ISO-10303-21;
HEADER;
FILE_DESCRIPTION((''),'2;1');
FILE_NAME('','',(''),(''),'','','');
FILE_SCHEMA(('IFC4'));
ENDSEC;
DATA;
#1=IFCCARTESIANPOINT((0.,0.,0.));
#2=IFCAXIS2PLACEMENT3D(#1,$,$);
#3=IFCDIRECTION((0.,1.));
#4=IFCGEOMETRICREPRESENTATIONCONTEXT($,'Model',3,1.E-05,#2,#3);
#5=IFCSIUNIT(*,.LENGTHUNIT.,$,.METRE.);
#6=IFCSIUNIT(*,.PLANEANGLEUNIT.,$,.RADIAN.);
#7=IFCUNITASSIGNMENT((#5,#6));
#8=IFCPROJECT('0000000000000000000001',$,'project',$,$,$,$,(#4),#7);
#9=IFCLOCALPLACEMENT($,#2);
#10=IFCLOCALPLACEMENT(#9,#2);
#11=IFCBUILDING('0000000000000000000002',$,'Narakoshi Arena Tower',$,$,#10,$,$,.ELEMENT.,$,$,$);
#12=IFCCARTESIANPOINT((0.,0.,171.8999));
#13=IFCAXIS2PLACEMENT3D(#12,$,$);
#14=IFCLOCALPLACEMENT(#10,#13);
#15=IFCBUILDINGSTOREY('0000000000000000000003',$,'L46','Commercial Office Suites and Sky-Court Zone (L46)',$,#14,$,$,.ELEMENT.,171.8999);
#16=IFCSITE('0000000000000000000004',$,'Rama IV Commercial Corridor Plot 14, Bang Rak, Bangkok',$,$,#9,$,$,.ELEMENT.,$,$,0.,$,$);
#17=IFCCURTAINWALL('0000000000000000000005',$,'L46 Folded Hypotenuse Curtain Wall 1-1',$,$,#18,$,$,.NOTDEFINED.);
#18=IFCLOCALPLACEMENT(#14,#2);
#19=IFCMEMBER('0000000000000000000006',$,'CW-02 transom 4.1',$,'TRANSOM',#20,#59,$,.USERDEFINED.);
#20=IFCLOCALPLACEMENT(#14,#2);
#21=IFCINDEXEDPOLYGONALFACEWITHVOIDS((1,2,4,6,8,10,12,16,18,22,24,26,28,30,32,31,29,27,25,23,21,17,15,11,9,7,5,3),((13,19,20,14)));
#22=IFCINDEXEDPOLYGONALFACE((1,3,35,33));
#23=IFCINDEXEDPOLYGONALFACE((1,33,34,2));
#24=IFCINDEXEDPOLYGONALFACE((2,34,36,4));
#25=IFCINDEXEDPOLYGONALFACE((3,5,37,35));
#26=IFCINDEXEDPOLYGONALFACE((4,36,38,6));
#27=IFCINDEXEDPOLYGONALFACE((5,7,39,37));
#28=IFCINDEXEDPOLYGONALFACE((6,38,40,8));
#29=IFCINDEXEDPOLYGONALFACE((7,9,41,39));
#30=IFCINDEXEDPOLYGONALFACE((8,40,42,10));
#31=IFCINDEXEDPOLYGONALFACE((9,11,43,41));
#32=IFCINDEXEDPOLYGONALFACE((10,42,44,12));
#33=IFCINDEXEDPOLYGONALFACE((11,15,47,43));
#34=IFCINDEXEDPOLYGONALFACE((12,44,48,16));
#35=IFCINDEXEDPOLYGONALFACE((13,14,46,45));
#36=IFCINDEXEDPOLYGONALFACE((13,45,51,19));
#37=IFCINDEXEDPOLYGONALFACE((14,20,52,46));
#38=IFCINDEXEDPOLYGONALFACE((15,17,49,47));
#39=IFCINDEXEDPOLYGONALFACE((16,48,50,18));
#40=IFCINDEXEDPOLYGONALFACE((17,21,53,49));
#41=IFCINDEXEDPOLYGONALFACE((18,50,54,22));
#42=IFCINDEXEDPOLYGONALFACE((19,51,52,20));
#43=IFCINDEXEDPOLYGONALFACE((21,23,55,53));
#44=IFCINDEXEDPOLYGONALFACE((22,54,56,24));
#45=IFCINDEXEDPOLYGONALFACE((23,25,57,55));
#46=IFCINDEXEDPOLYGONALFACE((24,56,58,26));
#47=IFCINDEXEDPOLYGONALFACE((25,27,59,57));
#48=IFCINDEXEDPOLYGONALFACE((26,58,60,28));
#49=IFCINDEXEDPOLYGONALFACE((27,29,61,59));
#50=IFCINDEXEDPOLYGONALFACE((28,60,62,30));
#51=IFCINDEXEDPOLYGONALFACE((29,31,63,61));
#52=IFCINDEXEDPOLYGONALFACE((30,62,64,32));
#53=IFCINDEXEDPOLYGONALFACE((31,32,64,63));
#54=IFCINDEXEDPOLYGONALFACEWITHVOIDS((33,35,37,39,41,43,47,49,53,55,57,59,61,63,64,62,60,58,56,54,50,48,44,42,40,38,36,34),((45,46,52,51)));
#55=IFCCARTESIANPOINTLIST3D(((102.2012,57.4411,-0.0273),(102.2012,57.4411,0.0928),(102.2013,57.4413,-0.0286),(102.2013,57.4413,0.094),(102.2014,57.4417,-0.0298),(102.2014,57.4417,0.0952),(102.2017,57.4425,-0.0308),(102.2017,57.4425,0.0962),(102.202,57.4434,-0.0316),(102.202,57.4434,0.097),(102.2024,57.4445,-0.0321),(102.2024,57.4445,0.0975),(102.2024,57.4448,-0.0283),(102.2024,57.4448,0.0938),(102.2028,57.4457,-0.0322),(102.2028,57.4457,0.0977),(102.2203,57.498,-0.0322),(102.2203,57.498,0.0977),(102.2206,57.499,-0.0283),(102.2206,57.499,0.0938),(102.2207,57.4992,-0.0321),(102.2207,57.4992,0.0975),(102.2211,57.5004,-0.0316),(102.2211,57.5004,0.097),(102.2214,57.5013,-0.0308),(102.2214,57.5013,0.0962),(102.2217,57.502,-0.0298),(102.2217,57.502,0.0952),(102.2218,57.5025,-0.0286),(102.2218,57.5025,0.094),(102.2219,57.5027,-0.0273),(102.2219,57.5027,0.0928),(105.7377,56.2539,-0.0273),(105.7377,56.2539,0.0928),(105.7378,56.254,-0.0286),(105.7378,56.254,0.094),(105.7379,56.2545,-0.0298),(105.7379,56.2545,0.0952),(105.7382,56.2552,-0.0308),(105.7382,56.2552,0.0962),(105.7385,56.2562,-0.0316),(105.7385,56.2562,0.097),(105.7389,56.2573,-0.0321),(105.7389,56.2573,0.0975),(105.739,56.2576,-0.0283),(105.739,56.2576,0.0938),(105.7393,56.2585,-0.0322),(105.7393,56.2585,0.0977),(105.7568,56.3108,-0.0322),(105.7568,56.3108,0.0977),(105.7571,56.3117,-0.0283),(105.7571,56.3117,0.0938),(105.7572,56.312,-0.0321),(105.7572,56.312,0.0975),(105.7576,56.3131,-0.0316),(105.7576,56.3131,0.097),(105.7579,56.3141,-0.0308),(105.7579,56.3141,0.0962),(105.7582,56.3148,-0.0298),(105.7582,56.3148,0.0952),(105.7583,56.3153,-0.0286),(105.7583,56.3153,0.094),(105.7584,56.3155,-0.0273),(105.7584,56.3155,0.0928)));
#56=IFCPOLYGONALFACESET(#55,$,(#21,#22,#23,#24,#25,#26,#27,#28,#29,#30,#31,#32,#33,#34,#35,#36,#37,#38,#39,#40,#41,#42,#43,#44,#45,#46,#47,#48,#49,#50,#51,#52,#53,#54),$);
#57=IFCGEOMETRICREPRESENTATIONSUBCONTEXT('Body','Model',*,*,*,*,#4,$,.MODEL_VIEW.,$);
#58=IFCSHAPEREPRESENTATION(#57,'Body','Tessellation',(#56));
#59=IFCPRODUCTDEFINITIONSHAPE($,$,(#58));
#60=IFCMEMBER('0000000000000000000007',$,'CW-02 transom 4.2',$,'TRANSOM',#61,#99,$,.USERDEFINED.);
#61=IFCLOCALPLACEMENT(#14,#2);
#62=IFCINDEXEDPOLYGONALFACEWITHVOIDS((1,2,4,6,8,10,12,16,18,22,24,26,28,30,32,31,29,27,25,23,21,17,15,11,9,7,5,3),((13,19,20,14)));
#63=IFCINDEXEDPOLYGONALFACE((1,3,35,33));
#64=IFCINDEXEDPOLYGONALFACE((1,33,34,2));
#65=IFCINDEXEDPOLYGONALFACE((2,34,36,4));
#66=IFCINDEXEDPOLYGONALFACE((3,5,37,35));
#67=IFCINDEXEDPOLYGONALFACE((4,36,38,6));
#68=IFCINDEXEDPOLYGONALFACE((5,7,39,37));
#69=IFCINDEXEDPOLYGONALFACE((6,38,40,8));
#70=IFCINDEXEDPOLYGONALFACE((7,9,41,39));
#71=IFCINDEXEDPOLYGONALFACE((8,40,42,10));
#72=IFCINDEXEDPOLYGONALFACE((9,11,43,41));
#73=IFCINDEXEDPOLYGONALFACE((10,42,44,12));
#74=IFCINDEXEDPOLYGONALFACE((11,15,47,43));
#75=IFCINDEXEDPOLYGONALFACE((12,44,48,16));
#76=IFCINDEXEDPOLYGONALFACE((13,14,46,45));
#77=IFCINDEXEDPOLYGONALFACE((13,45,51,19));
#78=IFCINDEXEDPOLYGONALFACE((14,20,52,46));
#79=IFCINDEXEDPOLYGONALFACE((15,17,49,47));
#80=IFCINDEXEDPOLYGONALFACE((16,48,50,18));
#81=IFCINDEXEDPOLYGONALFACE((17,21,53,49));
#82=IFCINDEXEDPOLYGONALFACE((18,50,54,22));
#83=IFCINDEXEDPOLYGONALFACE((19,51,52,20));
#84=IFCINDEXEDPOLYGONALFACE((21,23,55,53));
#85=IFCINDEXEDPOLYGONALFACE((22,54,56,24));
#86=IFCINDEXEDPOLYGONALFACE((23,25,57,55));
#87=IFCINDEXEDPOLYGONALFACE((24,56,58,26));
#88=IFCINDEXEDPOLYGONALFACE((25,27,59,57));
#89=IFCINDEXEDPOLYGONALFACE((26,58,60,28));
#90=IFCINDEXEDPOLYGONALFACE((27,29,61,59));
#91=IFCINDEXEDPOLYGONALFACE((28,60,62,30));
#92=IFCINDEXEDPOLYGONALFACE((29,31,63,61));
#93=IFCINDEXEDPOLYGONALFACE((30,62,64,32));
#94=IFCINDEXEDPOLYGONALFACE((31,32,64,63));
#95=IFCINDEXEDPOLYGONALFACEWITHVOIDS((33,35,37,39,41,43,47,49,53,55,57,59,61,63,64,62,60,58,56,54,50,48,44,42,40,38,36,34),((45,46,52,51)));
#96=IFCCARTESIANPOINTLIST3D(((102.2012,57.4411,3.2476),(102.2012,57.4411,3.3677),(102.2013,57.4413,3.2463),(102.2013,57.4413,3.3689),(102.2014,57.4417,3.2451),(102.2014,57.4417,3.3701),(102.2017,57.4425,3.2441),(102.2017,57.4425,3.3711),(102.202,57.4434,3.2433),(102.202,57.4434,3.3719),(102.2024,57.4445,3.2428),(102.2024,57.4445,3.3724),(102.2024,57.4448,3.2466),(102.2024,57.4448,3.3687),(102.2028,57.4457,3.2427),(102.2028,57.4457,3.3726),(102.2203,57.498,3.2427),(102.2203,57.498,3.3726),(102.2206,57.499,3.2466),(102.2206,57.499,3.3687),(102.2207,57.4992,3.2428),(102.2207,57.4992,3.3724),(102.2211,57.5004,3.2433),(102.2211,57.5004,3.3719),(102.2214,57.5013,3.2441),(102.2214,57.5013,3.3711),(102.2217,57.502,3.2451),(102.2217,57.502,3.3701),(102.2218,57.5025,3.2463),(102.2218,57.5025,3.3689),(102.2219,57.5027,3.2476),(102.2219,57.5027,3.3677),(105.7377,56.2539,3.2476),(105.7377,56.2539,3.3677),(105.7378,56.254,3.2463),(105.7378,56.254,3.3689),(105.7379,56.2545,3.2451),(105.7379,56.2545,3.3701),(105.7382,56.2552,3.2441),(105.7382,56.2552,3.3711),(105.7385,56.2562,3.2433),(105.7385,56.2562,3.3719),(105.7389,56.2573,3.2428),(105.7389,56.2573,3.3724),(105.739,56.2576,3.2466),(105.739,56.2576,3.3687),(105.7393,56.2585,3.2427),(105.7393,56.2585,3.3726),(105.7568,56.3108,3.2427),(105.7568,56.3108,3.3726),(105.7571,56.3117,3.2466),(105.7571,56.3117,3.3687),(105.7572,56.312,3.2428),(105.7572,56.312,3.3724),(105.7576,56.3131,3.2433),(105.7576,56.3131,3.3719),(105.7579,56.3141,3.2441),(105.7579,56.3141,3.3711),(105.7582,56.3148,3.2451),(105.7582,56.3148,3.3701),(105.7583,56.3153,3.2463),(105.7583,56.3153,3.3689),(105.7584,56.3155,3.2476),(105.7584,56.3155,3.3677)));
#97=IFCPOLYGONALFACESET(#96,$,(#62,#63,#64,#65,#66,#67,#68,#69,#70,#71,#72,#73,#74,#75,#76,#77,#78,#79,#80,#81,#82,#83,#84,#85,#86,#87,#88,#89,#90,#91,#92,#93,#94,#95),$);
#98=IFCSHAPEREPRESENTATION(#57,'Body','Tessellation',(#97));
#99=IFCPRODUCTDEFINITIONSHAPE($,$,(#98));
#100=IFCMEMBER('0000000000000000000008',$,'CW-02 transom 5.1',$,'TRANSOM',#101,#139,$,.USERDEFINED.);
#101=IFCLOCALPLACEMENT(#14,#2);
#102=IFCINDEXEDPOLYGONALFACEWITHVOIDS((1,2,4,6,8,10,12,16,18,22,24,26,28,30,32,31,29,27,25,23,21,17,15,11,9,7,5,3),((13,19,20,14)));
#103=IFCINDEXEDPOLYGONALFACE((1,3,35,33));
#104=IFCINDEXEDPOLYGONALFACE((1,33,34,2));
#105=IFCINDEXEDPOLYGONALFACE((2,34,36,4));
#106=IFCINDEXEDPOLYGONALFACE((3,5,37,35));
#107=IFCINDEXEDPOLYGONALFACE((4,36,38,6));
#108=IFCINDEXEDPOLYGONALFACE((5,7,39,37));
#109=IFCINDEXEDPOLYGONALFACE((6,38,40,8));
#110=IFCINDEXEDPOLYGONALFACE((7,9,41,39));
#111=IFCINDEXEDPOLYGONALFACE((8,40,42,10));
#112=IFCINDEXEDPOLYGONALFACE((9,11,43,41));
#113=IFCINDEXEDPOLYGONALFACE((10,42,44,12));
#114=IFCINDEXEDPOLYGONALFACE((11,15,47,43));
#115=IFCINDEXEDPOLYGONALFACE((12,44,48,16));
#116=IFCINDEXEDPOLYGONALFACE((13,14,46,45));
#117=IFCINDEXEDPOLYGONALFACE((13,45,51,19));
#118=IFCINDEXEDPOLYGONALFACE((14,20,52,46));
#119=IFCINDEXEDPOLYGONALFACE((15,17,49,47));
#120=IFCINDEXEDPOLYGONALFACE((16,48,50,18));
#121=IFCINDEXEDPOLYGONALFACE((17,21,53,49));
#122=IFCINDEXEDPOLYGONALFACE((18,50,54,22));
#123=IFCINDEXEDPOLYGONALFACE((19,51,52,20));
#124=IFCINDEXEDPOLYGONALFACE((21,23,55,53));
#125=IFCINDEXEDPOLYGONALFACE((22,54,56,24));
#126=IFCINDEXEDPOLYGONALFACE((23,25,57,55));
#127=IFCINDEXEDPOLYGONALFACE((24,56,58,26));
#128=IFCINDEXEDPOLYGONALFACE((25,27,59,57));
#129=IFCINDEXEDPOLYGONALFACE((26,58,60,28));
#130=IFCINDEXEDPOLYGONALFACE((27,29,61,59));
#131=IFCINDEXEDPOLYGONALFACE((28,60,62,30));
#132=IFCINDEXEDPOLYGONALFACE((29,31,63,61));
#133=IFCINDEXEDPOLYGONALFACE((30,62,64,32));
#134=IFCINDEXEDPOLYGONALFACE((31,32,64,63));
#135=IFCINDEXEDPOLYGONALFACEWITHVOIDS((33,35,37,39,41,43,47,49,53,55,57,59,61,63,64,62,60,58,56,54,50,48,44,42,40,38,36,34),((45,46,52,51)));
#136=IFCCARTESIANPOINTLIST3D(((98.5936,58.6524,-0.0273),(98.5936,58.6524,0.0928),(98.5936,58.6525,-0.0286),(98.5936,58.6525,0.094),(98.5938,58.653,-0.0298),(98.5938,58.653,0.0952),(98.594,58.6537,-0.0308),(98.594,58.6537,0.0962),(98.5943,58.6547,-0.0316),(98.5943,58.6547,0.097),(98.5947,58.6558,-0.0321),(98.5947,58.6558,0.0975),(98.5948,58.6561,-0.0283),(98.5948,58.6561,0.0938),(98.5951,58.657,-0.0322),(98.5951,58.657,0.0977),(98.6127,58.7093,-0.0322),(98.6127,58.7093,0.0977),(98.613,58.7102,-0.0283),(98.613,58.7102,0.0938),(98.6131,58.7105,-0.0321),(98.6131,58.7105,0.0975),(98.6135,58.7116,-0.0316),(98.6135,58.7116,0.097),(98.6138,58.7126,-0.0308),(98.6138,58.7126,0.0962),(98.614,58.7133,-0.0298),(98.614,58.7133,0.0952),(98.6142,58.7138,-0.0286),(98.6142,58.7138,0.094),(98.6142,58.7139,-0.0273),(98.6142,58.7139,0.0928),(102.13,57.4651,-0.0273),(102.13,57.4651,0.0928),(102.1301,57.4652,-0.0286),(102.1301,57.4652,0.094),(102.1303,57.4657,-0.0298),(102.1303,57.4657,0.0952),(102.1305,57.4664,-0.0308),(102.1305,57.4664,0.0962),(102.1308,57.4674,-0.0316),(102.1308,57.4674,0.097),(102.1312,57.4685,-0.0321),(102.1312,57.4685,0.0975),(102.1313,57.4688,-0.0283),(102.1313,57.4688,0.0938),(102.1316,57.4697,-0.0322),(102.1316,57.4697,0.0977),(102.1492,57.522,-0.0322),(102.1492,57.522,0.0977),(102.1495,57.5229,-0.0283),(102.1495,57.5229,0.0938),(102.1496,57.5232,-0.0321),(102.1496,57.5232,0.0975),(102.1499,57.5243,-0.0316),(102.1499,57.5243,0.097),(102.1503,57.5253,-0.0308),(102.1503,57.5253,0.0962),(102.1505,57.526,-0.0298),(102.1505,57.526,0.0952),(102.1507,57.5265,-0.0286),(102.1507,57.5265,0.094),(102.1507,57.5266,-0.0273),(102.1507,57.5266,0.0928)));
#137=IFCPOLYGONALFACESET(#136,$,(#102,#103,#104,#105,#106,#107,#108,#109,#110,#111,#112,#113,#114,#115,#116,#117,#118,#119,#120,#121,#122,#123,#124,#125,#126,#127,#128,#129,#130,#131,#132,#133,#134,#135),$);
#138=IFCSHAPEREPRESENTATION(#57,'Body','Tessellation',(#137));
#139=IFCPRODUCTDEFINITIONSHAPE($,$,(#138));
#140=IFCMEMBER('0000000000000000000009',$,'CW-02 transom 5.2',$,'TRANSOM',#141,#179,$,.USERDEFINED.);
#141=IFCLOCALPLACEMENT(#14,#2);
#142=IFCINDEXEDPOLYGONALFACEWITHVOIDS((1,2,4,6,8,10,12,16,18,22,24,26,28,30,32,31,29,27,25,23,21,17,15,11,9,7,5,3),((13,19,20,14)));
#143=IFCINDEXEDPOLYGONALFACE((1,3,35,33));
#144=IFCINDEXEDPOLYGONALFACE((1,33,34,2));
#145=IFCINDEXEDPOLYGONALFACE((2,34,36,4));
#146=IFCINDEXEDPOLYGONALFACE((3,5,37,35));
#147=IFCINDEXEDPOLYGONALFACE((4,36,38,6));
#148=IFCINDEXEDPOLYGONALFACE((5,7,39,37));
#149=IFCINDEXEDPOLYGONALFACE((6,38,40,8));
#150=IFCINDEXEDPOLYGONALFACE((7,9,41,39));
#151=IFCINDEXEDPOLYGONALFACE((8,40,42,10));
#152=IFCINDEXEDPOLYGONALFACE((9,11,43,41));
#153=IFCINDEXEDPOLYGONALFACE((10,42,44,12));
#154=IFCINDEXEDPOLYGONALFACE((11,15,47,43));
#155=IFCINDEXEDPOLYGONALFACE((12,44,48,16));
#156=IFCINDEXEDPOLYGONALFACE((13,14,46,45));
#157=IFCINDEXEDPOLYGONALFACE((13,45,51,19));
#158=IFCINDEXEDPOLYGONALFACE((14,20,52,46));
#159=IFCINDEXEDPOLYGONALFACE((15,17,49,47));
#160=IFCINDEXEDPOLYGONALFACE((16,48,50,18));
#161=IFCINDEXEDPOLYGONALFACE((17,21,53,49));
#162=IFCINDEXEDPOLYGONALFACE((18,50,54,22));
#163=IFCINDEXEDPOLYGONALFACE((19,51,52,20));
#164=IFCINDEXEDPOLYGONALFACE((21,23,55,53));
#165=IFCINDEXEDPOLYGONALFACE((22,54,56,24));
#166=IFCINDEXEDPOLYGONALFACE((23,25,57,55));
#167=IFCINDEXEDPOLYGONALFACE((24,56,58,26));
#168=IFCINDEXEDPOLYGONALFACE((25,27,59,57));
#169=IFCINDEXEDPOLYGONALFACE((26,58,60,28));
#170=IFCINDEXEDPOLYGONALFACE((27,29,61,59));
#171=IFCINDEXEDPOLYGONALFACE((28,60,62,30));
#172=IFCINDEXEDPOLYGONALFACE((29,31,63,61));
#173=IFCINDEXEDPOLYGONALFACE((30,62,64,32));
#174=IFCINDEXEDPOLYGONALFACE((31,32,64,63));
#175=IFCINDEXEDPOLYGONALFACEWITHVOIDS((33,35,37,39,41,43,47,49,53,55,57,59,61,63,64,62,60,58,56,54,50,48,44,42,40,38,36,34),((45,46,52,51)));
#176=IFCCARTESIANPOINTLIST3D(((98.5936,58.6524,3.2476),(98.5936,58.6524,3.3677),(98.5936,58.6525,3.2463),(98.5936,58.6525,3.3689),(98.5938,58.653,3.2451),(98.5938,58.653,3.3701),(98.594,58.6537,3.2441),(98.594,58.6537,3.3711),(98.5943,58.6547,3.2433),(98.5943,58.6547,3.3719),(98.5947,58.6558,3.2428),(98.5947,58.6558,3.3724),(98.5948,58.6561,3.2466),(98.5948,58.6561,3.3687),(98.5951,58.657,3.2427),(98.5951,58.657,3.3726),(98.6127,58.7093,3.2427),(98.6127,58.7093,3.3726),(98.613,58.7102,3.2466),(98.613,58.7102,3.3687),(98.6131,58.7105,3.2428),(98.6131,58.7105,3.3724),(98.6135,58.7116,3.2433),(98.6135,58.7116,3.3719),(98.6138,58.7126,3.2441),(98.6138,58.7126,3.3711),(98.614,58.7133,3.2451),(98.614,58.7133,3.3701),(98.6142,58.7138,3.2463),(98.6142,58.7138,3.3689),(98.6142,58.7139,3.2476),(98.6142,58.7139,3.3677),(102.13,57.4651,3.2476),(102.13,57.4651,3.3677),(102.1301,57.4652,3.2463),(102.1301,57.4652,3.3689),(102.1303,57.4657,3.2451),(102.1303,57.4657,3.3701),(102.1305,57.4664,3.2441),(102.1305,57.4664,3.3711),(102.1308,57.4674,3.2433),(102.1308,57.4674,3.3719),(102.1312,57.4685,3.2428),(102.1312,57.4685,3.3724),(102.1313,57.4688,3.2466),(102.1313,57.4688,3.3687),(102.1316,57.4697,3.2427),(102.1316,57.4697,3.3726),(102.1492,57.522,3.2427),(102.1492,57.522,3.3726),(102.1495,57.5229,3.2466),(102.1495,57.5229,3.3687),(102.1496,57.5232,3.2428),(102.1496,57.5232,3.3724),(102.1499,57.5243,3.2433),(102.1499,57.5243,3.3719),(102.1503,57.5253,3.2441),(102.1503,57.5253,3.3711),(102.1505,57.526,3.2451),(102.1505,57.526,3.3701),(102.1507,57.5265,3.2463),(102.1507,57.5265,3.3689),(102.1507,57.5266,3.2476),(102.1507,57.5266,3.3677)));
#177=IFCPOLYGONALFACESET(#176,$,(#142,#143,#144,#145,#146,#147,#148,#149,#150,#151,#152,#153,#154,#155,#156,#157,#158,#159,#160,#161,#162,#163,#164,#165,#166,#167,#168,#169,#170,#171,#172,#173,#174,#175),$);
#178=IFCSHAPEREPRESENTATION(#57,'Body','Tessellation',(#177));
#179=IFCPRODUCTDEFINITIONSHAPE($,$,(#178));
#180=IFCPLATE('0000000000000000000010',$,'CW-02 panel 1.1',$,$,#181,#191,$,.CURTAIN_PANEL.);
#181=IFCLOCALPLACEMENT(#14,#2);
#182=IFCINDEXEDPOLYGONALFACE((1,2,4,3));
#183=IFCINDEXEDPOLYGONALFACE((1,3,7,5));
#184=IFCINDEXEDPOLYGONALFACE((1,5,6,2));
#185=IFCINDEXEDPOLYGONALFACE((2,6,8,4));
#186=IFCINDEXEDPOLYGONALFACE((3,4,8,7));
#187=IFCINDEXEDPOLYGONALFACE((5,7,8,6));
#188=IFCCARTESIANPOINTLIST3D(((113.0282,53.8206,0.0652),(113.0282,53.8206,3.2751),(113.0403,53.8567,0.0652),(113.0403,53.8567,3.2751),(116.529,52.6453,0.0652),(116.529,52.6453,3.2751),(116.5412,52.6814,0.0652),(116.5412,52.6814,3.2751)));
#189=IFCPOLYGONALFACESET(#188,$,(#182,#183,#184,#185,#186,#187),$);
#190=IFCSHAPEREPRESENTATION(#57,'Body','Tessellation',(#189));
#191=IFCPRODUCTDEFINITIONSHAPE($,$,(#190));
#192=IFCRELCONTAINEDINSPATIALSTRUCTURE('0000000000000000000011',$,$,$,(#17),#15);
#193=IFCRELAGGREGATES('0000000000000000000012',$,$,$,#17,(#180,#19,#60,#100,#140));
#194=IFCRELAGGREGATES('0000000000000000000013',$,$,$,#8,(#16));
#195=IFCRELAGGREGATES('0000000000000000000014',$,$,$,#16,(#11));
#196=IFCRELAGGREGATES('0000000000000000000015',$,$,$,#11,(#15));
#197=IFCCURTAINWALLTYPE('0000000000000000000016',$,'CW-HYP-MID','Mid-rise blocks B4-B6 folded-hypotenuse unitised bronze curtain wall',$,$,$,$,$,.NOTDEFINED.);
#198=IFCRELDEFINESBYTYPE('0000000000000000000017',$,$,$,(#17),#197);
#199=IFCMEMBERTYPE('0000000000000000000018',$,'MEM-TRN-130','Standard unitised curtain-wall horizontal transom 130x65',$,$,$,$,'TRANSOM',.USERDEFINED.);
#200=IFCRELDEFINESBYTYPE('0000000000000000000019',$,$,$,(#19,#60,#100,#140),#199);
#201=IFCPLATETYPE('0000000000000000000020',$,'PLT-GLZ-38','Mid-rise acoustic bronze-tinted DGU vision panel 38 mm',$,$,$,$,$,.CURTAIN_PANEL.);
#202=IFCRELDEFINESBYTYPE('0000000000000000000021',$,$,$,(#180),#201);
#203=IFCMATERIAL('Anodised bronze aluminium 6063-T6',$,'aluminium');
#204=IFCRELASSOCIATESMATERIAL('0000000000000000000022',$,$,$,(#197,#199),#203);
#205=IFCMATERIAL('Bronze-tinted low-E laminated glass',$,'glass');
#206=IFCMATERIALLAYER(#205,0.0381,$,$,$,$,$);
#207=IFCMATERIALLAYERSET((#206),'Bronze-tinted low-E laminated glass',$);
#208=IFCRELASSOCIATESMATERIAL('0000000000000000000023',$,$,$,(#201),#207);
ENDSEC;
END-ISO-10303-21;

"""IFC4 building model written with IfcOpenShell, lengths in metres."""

from ifc_helpers import new_model, si_unit, direction, frame, origin, origin_2d, place, context, subcontext, project, spatial, rectangle, hollow_rectangle, extrude, material, layer, layer_set, material_profile, profile_set, type_object, element, aggregate, save


model = new_model("IFC4")

# Units and contexts
model_context = context("Model", 3, precision=1e-05, world=origin(), true_north=direction((0.0, 1.0)))
body_context = subcontext(model_context, "Body", "Model", "MODEL_VIEW")
ifc_project = project(units=[si_unit("LENGTHUNIT", "METRE"), si_unit("PLANEANGLEUNIT", "RADIAN")], contexts=[model_context])

# Site, building, storey
site_placement = place(None, origin())
site = spatial("IfcSite", under=ifc_project, at=site_placement, Name="Rama IV Commercial Corridor Plot 14, Bang Rak, Bangkok", CompositionType="ELEMENT", RefElevation=0.0)
building_placement = place(site_placement, origin())
building = spatial("IfcBuilding", under=site, at=building_placement, Name="Narakoshi Arena Tower", CompositionType="ELEMENT")
storey_placement = place(building_placement, frame((0.0, 0.0, 171.8999)))
storey = spatial("IfcBuildingStorey", under=building, at=storey_placement, Name="L46", Description="Commercial Office Suites and Sky-Court Zone (L46)", CompositionType="ELEMENT", Elevation=171.8999)

# Curtain wall, members, plate
ifc_material_1 = material(Name="Anodised bronze aluminium 6063-T6", Category="aluminium")
curtain_wall_type = type_object("IfcCurtainWallType", Name="CW-HYP-MID", Description="Mid-rise blocks B4-B6 folded-hypotenuse unitised bronze curtain wall", PredefinedType="NOTDEFINED", material=ifc_material_1)
curtain_wall_placement = place(storey_placement, origin())
curtain_wall = element("IfcCurtainWall", 1, at=curtain_wall_placement, inside=storey, type_object=curtain_wall_type, Name="L46 Folded Hypotenuse Curtain Wall 1-1", PredefinedType="NOTDEFINED")
ifc_material_profile_1 = material_profile(ifc_material_1, hollow_rectangle(XDim=0.0649, YDim=0.1299, WallThickness=0.0039, OuterFilletRadius=0.0049, at=origin_2d()), Name="TRN130x65x4")
ifc_profile_set_1 = profile_set([ifc_material_profile_1], Name="Anodised bronze aluminium 6063-T6")
member_type_1 = type_object("IfcMemberType", Name="MEM-TRN-130", Description="Standard unitised curtain-wall horizontal transom 130x65", ElementType="TRANSOM", PredefinedType="USERDEFINED", material=ifc_profile_set_1)
member_1_placement = place(storey_placement, frame((105.748, 56.2847, 0.0327), z_axis=(-0.948007, 0.318249, 0.0), x_axis=(-0.318249, -0.948007, 0.0)))
member_1 = element("IfcMember", 2, at=member_1_placement, type_object=member_type_1, Name="CW-02 transom 4.1", ObjectType="TRANSOM", PredefinedType="USERDEFINED", context=body_context, shape_type="SweptSolid", body=[
    extrude(hollow_rectangle(XDim=0.0649, YDim=0.1299, WallThickness=0.0039, OuterFilletRadius=0.0049, at=origin_2d()), origin(), (0.0, 0.0, 1.0), 3.7305),
])
member_2_placement = place(storey_placement, frame((105.748, 56.2847, 3.3076), z_axis=(-0.948007, 0.318249, 0.0), x_axis=(-0.318249, -0.948007, 0.0)))
member_2 = element("IfcMember", 3, at=member_2_placement, type_object=member_type_1, Name="CW-02 transom 4.2", ObjectType="TRANSOM", PredefinedType="USERDEFINED", context=body_context, shape_type="SweptSolid", body=[
    extrude(hollow_rectangle(XDim=0.0649, YDim=0.1299, WallThickness=0.0039, OuterFilletRadius=0.0049, at=origin_2d()), origin(), (0.0, 0.0, 1.0), 3.7305),
])
member_3_placement = place(storey_placement, frame((102.1404, 57.4958, 0.0327), z_axis=(-0.948, 0.318269, 0.0), x_axis=(-0.318269, -0.948, 0.0)))
member_3 = element("IfcMember", 4, at=member_3_placement, type_object=member_type_1, Name="CW-02 transom 5.1", ObjectType="TRANSOM", PredefinedType="USERDEFINED", context=body_context, shape_type="SweptSolid", body=[
    extrude(hollow_rectangle(XDim=0.0649, YDim=0.1299, WallThickness=0.0039, OuterFilletRadius=0.0049, at=origin_2d()), origin(), (0.0, 0.0, 1.0), 3.7305),
])
member_4_placement = place(storey_placement, frame((102.1404, 57.4958, 3.3076), z_axis=(-0.948, 0.318269, 0.0), x_axis=(-0.318269, -0.948, 0.0)))
member_4 = element("IfcMember", 5, at=member_4_placement, type_object=member_type_1, Name="CW-02 transom 5.2", ObjectType="TRANSOM", PredefinedType="USERDEFINED", context=body_context, shape_type="SweptSolid", body=[
    extrude(hollow_rectangle(XDim=0.0649, YDim=0.1299, WallThickness=0.0039, OuterFilletRadius=0.0049, at=origin_2d()), origin(), (0.0, 0.0, 1.0), 3.7305),
])
ifc_material_2 = material(Name="Bronze-tinted low-E laminated glass", Category="glass")
ifc_layer_1 = layer(ifc_material_2, 0.0381)
ifc_layer_set_1 = layer_set([ifc_layer_1], Name="Bronze-tinted low-E laminated glass")
plate_type = type_object("IfcPlateType", Name="PLT-GLZ-38", Description="Mid-rise acoustic bronze-tinted DGU vision panel 38 mm", PredefinedType="CURTAIN_PANEL", material=ifc_layer_set_1)
plate_1_placement = place(storey_placement, frame((114.7847, 53.251, 0.0652), z_axis=(0.0, 0.0, 1.0), x_axis=(-0.948003, 0.318261, 0.0)))
plate_1 = element("IfcPlate", 6, at=plate_1_placement, type_object=plate_type, Name="CW-02 panel 1.1", PredefinedType="CURTAIN_PANEL", context=body_context, shape_type="SweptSolid", body=[
    extrude(rectangle(XDim=3.6929, YDim=0.0381, at=origin_2d()), origin(), (0.0, 0.0, 1.0), 3.21),
])
aggregate(curtain_wall, [plate_1, member_1, member_2, member_3, member_4])

save(model, "model.ifc")
